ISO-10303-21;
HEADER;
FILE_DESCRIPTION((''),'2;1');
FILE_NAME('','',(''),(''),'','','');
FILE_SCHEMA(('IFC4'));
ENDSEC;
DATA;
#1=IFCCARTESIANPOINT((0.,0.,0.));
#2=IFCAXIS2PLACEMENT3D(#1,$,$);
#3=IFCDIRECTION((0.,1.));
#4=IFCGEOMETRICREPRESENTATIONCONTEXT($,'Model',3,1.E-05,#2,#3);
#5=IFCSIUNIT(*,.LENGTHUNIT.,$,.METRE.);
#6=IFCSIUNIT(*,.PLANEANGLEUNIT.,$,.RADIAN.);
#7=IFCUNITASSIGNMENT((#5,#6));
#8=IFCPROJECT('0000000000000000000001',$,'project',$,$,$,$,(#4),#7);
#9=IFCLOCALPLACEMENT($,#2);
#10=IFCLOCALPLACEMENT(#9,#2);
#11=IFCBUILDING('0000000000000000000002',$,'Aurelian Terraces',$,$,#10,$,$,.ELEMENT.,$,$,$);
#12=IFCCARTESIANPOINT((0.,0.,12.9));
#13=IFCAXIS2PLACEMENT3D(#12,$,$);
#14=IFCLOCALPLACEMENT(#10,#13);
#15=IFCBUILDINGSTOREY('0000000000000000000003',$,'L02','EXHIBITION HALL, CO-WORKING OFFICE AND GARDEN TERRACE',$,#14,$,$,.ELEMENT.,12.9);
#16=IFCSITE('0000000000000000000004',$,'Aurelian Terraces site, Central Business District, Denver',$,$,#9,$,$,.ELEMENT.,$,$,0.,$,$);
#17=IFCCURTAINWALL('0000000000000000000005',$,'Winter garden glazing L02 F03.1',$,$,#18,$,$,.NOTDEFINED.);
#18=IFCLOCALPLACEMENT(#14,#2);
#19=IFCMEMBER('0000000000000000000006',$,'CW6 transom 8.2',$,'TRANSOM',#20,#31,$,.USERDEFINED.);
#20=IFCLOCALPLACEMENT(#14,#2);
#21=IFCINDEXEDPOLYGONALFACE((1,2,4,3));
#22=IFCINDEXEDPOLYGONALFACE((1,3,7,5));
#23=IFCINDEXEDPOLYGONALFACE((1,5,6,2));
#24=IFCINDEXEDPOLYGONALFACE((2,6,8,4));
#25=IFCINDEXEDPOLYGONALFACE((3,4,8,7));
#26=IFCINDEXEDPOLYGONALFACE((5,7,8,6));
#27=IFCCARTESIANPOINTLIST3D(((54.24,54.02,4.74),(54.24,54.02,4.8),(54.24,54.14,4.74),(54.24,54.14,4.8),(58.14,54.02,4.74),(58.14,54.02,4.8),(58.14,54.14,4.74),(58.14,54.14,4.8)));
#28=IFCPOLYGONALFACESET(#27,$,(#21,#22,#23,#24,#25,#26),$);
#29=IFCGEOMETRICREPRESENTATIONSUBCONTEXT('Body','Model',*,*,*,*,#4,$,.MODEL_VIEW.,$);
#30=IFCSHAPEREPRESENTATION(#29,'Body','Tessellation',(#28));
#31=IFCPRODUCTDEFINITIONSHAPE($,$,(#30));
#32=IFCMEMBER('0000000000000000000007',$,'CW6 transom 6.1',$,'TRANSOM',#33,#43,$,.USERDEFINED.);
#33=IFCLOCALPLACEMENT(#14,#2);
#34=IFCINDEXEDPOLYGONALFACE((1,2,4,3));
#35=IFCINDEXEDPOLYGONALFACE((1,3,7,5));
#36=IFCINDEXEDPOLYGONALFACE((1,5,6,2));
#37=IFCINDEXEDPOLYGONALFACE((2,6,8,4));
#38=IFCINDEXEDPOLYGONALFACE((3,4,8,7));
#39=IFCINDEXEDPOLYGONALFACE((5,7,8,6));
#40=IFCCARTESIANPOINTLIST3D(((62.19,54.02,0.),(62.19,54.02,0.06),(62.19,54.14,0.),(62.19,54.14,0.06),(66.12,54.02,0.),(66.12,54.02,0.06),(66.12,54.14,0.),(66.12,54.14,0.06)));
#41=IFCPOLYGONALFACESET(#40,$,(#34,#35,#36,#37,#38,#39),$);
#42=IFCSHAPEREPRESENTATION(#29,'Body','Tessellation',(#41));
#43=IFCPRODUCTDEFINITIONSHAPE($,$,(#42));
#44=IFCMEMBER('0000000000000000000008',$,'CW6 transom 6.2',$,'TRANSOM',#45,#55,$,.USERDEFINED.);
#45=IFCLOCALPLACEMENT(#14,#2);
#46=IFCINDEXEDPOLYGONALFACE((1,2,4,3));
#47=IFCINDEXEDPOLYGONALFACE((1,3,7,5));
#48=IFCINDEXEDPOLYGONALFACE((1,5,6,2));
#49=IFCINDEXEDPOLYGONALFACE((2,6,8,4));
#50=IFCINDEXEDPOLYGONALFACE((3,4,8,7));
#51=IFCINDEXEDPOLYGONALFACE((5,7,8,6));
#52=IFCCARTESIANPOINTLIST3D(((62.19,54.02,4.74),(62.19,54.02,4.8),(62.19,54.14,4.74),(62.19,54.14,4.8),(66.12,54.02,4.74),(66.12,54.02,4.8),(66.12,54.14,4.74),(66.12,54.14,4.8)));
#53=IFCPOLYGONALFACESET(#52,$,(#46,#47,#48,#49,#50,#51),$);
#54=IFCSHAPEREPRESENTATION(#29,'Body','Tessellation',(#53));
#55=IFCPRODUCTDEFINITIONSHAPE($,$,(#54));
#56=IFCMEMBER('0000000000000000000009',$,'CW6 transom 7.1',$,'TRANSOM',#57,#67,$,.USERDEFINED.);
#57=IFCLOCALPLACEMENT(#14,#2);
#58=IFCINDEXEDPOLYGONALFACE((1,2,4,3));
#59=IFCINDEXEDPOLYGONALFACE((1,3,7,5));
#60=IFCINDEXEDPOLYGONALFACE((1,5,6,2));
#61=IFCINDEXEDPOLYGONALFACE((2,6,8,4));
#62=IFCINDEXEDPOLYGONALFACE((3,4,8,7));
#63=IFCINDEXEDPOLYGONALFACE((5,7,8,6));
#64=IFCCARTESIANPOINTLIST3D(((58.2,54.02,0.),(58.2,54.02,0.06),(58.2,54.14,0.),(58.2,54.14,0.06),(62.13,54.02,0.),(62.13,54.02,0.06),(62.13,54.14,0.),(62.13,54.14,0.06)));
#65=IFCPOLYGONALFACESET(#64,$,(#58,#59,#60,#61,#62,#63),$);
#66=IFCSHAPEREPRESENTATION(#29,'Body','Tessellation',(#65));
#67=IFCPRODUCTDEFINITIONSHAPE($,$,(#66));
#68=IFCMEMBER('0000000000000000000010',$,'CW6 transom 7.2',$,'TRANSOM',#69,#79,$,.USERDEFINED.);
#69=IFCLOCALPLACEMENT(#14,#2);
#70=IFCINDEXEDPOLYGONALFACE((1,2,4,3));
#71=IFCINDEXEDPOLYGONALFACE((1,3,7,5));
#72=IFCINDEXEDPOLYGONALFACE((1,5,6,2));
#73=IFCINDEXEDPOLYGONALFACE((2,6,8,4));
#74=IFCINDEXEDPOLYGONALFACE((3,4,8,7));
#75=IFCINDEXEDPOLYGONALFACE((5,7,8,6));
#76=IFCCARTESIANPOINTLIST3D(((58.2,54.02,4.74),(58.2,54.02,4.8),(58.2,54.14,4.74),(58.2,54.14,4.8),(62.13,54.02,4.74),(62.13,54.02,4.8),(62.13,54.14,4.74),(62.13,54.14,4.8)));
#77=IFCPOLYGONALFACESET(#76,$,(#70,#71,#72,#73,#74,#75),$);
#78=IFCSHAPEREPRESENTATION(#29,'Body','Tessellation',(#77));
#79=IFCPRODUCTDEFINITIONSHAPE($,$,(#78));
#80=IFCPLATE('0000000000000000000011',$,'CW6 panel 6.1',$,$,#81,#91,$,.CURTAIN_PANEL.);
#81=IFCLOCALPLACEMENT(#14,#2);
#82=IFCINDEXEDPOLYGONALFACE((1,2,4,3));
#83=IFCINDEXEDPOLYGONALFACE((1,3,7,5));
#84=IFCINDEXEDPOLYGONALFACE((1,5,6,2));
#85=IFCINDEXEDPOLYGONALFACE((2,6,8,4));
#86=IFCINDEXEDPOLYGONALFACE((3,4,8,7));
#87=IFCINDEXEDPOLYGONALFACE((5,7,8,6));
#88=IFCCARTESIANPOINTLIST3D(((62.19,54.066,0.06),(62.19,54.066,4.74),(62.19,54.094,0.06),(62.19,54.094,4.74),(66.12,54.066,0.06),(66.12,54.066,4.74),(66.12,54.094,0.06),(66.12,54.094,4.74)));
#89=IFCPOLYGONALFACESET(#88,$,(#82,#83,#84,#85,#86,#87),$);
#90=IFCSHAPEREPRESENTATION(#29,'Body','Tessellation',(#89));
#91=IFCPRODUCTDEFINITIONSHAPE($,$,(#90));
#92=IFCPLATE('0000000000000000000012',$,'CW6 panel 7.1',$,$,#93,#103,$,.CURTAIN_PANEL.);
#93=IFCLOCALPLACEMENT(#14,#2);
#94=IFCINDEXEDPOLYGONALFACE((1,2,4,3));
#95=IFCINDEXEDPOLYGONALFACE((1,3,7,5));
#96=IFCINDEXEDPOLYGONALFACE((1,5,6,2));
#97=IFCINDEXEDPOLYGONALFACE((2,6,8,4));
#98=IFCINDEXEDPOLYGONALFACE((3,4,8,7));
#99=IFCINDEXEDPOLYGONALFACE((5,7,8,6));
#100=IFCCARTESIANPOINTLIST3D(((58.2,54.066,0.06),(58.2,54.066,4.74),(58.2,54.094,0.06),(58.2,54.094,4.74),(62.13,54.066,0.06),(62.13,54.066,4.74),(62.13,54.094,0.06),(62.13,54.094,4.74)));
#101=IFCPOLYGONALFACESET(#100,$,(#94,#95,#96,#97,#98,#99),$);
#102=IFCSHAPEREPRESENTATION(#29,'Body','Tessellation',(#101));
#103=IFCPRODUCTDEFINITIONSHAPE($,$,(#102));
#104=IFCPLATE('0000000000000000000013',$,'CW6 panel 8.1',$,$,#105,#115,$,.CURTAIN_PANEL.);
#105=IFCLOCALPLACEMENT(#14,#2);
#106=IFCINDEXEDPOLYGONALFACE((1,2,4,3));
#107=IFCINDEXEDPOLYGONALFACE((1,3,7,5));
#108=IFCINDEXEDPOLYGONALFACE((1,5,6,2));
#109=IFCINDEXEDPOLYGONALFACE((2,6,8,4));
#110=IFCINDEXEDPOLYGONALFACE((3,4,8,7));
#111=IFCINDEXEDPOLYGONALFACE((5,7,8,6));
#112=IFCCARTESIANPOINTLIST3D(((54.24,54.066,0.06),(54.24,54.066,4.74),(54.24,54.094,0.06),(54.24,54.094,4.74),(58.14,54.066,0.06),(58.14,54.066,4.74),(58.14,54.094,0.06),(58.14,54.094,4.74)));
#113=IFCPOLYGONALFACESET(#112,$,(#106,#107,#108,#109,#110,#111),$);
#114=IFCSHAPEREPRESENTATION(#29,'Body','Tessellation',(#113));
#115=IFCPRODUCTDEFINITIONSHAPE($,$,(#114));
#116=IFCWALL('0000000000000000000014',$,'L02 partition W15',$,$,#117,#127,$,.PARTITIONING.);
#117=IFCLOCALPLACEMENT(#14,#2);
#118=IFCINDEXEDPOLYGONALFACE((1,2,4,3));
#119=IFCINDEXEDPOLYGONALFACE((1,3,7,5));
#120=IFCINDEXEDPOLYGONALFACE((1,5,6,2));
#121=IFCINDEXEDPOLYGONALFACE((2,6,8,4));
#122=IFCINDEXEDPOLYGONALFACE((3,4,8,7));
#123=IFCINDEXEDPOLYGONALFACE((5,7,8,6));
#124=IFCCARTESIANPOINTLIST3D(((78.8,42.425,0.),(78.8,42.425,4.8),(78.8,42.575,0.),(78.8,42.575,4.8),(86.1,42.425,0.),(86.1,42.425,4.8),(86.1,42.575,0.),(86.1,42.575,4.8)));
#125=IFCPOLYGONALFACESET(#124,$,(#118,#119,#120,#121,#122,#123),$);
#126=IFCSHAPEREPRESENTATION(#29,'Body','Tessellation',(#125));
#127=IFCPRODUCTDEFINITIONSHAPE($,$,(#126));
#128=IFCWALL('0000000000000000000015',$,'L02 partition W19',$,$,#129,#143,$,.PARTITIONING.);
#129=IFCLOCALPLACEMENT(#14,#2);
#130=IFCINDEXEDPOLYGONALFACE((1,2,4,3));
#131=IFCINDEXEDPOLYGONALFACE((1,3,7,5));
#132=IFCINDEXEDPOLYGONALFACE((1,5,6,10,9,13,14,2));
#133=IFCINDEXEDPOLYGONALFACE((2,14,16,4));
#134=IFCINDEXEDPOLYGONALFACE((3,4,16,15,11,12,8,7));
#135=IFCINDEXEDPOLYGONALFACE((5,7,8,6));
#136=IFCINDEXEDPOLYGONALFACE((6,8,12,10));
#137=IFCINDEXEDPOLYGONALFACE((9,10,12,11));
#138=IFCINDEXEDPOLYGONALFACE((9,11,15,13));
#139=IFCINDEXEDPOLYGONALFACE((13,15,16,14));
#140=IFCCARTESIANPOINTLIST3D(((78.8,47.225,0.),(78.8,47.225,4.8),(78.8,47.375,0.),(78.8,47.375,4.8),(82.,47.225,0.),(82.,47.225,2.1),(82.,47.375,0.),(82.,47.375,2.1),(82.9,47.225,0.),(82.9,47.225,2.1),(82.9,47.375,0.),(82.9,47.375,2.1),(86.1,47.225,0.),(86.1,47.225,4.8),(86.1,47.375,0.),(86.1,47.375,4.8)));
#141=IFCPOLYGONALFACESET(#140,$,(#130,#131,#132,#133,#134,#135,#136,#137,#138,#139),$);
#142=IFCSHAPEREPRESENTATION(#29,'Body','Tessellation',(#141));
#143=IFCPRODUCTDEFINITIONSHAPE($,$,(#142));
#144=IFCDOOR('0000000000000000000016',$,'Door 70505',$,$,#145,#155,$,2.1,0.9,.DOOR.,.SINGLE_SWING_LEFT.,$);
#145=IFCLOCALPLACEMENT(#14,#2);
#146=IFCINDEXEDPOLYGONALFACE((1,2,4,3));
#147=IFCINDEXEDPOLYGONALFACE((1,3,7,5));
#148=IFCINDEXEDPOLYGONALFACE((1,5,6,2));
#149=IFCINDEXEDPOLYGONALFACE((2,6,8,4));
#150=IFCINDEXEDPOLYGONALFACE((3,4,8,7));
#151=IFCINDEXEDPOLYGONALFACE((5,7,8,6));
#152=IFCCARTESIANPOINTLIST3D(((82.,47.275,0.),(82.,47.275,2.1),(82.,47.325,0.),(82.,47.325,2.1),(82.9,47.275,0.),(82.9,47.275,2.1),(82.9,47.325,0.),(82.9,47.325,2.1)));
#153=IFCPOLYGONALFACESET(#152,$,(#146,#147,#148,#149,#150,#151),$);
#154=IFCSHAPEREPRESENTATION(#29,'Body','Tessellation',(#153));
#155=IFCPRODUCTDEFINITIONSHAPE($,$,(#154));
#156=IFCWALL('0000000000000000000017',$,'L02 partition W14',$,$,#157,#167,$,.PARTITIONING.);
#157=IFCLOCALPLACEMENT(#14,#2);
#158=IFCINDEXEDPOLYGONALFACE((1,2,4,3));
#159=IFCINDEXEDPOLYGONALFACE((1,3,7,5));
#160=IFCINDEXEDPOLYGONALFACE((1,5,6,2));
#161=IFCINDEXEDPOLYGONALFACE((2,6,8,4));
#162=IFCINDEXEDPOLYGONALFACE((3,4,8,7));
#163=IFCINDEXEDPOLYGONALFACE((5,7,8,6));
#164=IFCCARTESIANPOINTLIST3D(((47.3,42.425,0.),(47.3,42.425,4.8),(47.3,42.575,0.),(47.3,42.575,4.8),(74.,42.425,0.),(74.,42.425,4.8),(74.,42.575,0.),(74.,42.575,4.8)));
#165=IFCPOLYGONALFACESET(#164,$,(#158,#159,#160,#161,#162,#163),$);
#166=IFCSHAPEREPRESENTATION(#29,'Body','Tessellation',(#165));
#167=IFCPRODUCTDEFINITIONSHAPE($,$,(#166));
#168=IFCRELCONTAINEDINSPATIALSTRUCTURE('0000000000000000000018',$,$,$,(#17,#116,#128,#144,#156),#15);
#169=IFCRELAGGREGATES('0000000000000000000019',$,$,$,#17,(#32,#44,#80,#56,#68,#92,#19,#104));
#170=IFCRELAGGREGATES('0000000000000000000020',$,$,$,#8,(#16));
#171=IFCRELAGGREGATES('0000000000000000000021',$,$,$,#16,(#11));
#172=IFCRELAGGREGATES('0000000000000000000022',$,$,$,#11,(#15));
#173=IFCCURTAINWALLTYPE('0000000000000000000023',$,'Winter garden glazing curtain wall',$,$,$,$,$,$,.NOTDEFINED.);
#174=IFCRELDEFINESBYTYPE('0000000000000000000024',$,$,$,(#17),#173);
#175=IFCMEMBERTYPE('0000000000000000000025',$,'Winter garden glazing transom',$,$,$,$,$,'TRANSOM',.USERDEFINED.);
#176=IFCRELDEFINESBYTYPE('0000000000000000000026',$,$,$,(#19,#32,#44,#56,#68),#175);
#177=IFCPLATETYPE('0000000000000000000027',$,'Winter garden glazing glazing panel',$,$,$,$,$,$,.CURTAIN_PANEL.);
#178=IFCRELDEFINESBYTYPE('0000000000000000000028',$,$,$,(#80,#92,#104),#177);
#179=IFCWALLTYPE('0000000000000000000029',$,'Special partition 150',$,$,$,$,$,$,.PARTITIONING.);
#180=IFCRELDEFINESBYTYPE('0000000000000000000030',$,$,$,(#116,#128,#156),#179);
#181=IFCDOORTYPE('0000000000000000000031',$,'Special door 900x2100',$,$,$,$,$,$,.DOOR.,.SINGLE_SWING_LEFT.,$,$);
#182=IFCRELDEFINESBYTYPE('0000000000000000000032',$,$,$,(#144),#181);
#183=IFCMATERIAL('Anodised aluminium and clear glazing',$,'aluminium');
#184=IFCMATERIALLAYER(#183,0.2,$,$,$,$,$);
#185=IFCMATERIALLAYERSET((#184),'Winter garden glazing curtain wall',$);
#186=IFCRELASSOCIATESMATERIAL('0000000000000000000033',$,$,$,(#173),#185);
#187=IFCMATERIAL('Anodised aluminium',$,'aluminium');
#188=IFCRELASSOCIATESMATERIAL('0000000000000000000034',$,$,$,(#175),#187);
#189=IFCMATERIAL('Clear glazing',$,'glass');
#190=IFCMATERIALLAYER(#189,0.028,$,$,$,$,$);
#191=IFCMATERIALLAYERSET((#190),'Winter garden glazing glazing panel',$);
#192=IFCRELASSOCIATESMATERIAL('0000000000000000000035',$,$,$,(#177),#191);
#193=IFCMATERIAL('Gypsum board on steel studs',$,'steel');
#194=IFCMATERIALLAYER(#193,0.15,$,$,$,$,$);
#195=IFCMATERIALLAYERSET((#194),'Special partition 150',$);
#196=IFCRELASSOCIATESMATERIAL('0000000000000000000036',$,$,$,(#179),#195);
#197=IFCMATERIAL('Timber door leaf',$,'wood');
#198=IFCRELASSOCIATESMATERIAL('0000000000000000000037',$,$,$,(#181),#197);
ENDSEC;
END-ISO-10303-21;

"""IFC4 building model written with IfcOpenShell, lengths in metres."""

from ifc_helpers import new_model, si_unit, direction, frame, frame_2d, origin, origin_2d, place, context, subcontext, project, spatial, rectangle, extrude, source, transform, mapped, material, layer, layer_set, material_profile, profile_set, type_object, element, fill, aggregate, save


model = new_model("IFC4")

# Units and contexts
model_context = context("Model", 3, precision=1e-05, world=origin(), true_north=direction((0.0, 1.0)))
body_context = subcontext(model_context, "Body", "Model", "MODEL_VIEW")
ifc_project = project(units=[si_unit("LENGTHUNIT", "METRE"), si_unit("PLANEANGLEUNIT", "RADIAN")], contexts=[model_context])

# Site, building, storey
site_placement = place(None, origin())
site = spatial("IfcSite", under=ifc_project, at=site_placement, Name="Aurelian Terraces site, Central Business District, Denver", CompositionType="ELEMENT", RefElevation=0.0)
building_placement = place(site_placement, origin())
building = spatial("IfcBuilding", under=site, at=building_placement, Name="Aurelian Terraces", CompositionType="ELEMENT")
storey_placement = place(building_placement, frame((0.0, 0.0, 12.9)))
storey = spatial("IfcBuildingStorey", under=building, at=storey_placement, Name="L02", Description="EXHIBITION HALL, CO-WORKING OFFICE AND GARDEN TERRACE", CompositionType="ELEMENT", Elevation=12.9)

# Curtain wall, members, plates
ifc_material_1 = material(Name="Anodised aluminium and clear glazing", Category="aluminium")
ifc_layer_1 = layer(ifc_material_1, 0.2)
ifc_layer_set_1 = layer_set([ifc_layer_1], Name="Winter garden glazing curtain wall")
curtain_wall_type = type_object("IfcCurtainWallType", Name="Winter garden glazing curtain wall", PredefinedType="NOTDEFINED", material=ifc_layer_set_1)
curtain_wall_placement = place(storey_placement, origin())
curtain_wall = element("IfcCurtainWall", 1, at=curtain_wall_placement, inside=storey, type_object=curtain_wall_type, Name="Winter garden glazing L02 F03.1", PredefinedType="NOTDEFINED")
ifc_material_2 = material(Name="Anodised aluminium", Category="aluminium")
ifc_material_profile_1 = material_profile(ifc_material_2, rectangle(XDim=0.12, YDim=0.06, at=origin_2d()))
ifc_profile_set_1 = profile_set([ifc_material_profile_1], Name="Anodised aluminium")
member_type_1 = type_object("IfcMemberType", Name="Winter garden glazing transom", ElementType="TRANSOM", PredefinedType="USERDEFINED", material=ifc_profile_set_1)
shared_shape_1 = source(origin(), body_context, "Body", "SweptSolid", [
    extrude(rectangle(XDim=0.12, YDim=0.06, at=origin_2d()), origin(), (0.0, 0.0, 1.0), 3.9),
])
member_1_placement = place(storey_placement, frame((58.14, 54.08, 4.77), z_axis=(-1.0, 0.0, 0.0), x_axis=(0.0, -1.0, 0.0)))
member_1 = element("IfcMember", 2, at=member_1_placement, type_object=member_type_1, Name="CW6 transom 8.2", ObjectType="TRANSOM", PredefinedType="USERDEFINED", context=body_context, shape_type="MappedRepresentation", body=[
    mapped(shared_shape_1, transform((0.0, 0.0, 0.0), scale=1.0)),
])
shared_shape_2 = source(origin(), body_context, "Body", "SweptSolid", [
    extrude(rectangle(XDim=0.12, YDim=0.06, at=origin_2d()), origin(), (0.0, 0.0, 1.0), 3.93),
])
member_2_placement = place(storey_placement, frame((66.12, 54.08, 0.03), z_axis=(-1.0, 0.0, 0.0), x_axis=(0.0, -1.0, 0.0)))
member_2 = element("IfcMember", 3, at=member_2_placement, type_object=member_type_1, Name="CW6 transom 6.1", ObjectType="TRANSOM", PredefinedType="USERDEFINED", context=body_context, shape_type="MappedRepresentation", body=[
    mapped(shared_shape_2, transform((0.0, 0.0, 0.0), scale=1.0)),
])
member_3_placement = place(storey_placement, frame((66.12, 54.08, 4.77), z_axis=(-1.0, 0.0, 0.0), x_axis=(0.0, -1.0, 0.0)))
member_3 = element("IfcMember", 4, at=member_3_placement, type_object=member_type_1, Name="CW6 transom 6.2", ObjectType="TRANSOM", PredefinedType="USERDEFINED", context=body_context, shape_type="MappedRepresentation", body=[
    mapped(shared_shape_2, transform((0.0, 0.0, 0.0), scale=1.0)),
])
member_4_placement = place(storey_placement, frame((62.13, 54.08, 0.03), z_axis=(-1.0, 0.0, 0.0), x_axis=(0.0, -1.0, 0.0)))
member_4 = element("IfcMember", 5, at=member_4_placement, type_object=member_type_1, Name="CW6 transom 7.1", ObjectType="TRANSOM", PredefinedType="USERDEFINED", context=body_context, shape_type="MappedRepresentation", body=[
    mapped(shared_shape_2, transform((0.0, 0.0, 0.0), scale=1.0)),
])
member_5_placement = place(storey_placement, frame((62.13, 54.08, 4.77), z_axis=(-1.0, 0.0, 0.0), x_axis=(0.0, -1.0, 0.0)))
member_5 = element("IfcMember", 6, at=member_5_placement, type_object=member_type_1, Name="CW6 transom 7.2", ObjectType="TRANSOM", PredefinedType="USERDEFINED", context=body_context, shape_type="MappedRepresentation", body=[
    mapped(shared_shape_2, transform((0.0, 0.0, 0.0), scale=1.0)),
])
ifc_material_3 = material(Name="Clear glazing", Category="glass")
ifc_layer_2 = layer(ifc_material_3, 0.028)
ifc_layer_set_2 = layer_set([ifc_layer_2], Name="Winter garden glazing glazing panel")
plate_type = type_object("IfcPlateType", Name="Winter garden glazing glazing panel", PredefinedType="CURTAIN_PANEL", material=ifc_layer_set_2)
shared_shape_3 = source(origin(), body_context, "Body", "SweptSolid", [
    extrude(rectangle(XDim=3.93, YDim=0.028, at=origin_2d()), origin(), (0.0, 0.0, 1.0), 4.68),
])
plate_1_placement = place(storey_placement, frame((64.155, 54.08, 0.06), z_axis=(0.0, 0.0, 1.0), x_axis=(-1.0, 0.0, 0.0)))
plate_1 = element("IfcPlate", 7, at=plate_1_placement, type_object=plate_type, Name="CW6 panel 6.1", PredefinedType="CURTAIN_PANEL", context=body_context, shape_type="MappedRepresentation", body=[
    mapped(shared_shape_3, transform((0.0, 0.0, 0.0), scale=1.0)),
])
plate_2_placement = place(storey_placement, frame((60.165, 54.08, 0.06), z_axis=(0.0, 0.0, 1.0), x_axis=(-1.0, 0.0, 0.0)))
plate_2 = element("IfcPlate", 8, at=plate_2_placement, type_object=plate_type, Name="CW6 panel 7.1", PredefinedType="CURTAIN_PANEL", context=body_context, shape_type="MappedRepresentation", body=[
    mapped(shared_shape_3, transform((0.0, 0.0, 0.0), scale=1.0)),
])
shared_shape_4 = source(origin(), body_context, "Body", "SweptSolid", [
    extrude(rectangle(XDim=3.9, YDim=0.028, at=origin_2d()), origin(), (0.0, 0.0, 1.0), 4.68),
])
plate_3_placement = place(storey_placement, frame((56.19, 54.08, 0.06), z_axis=(0.0, 0.0, 1.0), x_axis=(-1.0, 0.0, 0.0)))
plate_3 = element("IfcPlate", 9, at=plate_3_placement, type_object=plate_type, Name="CW6 panel 8.1", PredefinedType="CURTAIN_PANEL", context=body_context, shape_type="MappedRepresentation", body=[
    mapped(shared_shape_4, transform((0.0, 0.0, 0.0), scale=1.0)),
])
aggregate(curtain_wall, [member_2, member_3, plate_1, member_4, member_5, plate_2, member_1, plate_3])

# Wall
ifc_material_4 = material(Name="Gypsum board on steel studs", Category="steel")
ifc_layer_3 = layer(ifc_material_4, 0.15)
ifc_layer_set_3 = layer_set([ifc_layer_3], Name="Special partition 150")
wall_type = type_object("IfcWallType", Name="Special partition 150", PredefinedType="PARTITIONING", material=ifc_layer_set_3)
shared_shape_5 = source(origin(), body_context, "Body", "SweptSolid", [
    extrude(rectangle(XDim=7.3, YDim=0.15, at=frame_2d((3.65, 0.0))), origin(), (0.0, 0.0, 1.0), 4.8),
])
wall_1_placement = place(storey_placement, frame((78.8, 42.5, 0.0), z_axis=(0.0, 0.0, 1.0), x_axis=(1.0, 0.0, 0.0)))
element("IfcWall", 10, at=wall_1_placement, inside=storey, type_object=wall_type, Name="L02 partition W15", PredefinedType="PARTITIONING", context=body_context, shape_type="MappedRepresentation", body=[
    mapped(shared_shape_5, transform((0.0, 0.0, 0.0), scale=1.0)),
])

# Wall, opening, door
wall_2_placement = place(storey_placement, frame((78.8, 47.3, 0.0), z_axis=(0.0, 0.0, 1.0), x_axis=(1.0, 0.0, 0.0)))
wall_2 = element("IfcWall", 11, at=wall_2_placement, inside=storey, type_object=wall_type, Name="L02 partition W19", PredefinedType="PARTITIONING", context=body_context, shape_type="MappedRepresentation", body=[
    mapped(shared_shape_5, transform((0.0, 0.0, 0.0), scale=1.0)),
])
shared_shape_6 = source(origin(), body_context, "Body", "SweptSolid", [
    extrude(rectangle(XDim=0.9, YDim=2.1, at=frame_2d((0.45, 1.05))), frame((0.0, 0.085, 0.0), z_axis=(0.0, -1.0, 0.0), x_axis=(1.0, 0.0, 0.0)), (0.0, 0.0, 1.0), 0.17),
])
opening_1_placement = place(wall_2_placement, frame((3.2, 0.0, 0.0)))
opening_1 = element("IfcOpeningElement", 12, at=opening_1_placement, cuts=wall_2, PredefinedType="OPENING", context=body_context, shape_type="MappedRepresentation", body=[
    mapped(shared_shape_6, transform((0.0, 0.0, 0.0), scale=1.0)),
])
ifc_material_5 = material(Name="Timber door leaf", Category="wood")
door_type_1 = type_object("IfcDoorType", Name="Special door 900x2100", OperationType="SINGLE_SWING_LEFT", PredefinedType="DOOR", material=ifc_material_5)
shared_shape_7 = source(origin(), body_context, "Body", "SweptSolid", [
    extrude(rectangle(XDim=0.9, YDim=2.1, at=frame_2d((0.45, 1.05))), frame((0.0, 0.025, 0.0), z_axis=(0.0, -1.0, 0.0), x_axis=(1.0, 0.0, 0.0)), (0.0, 0.0, 1.0), 0.05),
])
door_1_placement = place(opening_1_placement, origin())
door_1 = element("IfcDoor", 13, at=door_1_placement, inside=storey, type_object=door_type_1, Name="Door 70505", OperationType="SINGLE_SWING_LEFT", OverallHeight=2.1, OverallWidth=0.9, PredefinedType="DOOR", context=body_context, shape_type="MappedRepresentation", body=[
    mapped(shared_shape_7, transform((0.0, 0.0, 0.0), scale=1.0)),
])
fill(opening_1, door_1)

# Wall
shared_shape_8 = source(origin(), body_context, "Body", "SweptSolid", [
    extrude(rectangle(XDim=26.7, YDim=0.15, at=frame_2d((13.35, 0.0))), origin(), (0.0, 0.0, 1.0), 4.8),
])
wall_3_placement = place(storey_placement, frame((47.3, 42.5, 0.0), z_axis=(0.0, 0.0, 1.0), x_axis=(1.0, 0.0, 0.0)))
element("IfcWall", 14, at=wall_3_placement, inside=storey, type_object=wall_type, Name="L02 partition W14", PredefinedType="PARTITIONING", context=body_context, shape_type="MappedRepresentation", body=[
    mapped(shared_shape_8, transform((0.0, 0.0, 0.0), scale=1.0)),
])

save(model, "model.ifc")
